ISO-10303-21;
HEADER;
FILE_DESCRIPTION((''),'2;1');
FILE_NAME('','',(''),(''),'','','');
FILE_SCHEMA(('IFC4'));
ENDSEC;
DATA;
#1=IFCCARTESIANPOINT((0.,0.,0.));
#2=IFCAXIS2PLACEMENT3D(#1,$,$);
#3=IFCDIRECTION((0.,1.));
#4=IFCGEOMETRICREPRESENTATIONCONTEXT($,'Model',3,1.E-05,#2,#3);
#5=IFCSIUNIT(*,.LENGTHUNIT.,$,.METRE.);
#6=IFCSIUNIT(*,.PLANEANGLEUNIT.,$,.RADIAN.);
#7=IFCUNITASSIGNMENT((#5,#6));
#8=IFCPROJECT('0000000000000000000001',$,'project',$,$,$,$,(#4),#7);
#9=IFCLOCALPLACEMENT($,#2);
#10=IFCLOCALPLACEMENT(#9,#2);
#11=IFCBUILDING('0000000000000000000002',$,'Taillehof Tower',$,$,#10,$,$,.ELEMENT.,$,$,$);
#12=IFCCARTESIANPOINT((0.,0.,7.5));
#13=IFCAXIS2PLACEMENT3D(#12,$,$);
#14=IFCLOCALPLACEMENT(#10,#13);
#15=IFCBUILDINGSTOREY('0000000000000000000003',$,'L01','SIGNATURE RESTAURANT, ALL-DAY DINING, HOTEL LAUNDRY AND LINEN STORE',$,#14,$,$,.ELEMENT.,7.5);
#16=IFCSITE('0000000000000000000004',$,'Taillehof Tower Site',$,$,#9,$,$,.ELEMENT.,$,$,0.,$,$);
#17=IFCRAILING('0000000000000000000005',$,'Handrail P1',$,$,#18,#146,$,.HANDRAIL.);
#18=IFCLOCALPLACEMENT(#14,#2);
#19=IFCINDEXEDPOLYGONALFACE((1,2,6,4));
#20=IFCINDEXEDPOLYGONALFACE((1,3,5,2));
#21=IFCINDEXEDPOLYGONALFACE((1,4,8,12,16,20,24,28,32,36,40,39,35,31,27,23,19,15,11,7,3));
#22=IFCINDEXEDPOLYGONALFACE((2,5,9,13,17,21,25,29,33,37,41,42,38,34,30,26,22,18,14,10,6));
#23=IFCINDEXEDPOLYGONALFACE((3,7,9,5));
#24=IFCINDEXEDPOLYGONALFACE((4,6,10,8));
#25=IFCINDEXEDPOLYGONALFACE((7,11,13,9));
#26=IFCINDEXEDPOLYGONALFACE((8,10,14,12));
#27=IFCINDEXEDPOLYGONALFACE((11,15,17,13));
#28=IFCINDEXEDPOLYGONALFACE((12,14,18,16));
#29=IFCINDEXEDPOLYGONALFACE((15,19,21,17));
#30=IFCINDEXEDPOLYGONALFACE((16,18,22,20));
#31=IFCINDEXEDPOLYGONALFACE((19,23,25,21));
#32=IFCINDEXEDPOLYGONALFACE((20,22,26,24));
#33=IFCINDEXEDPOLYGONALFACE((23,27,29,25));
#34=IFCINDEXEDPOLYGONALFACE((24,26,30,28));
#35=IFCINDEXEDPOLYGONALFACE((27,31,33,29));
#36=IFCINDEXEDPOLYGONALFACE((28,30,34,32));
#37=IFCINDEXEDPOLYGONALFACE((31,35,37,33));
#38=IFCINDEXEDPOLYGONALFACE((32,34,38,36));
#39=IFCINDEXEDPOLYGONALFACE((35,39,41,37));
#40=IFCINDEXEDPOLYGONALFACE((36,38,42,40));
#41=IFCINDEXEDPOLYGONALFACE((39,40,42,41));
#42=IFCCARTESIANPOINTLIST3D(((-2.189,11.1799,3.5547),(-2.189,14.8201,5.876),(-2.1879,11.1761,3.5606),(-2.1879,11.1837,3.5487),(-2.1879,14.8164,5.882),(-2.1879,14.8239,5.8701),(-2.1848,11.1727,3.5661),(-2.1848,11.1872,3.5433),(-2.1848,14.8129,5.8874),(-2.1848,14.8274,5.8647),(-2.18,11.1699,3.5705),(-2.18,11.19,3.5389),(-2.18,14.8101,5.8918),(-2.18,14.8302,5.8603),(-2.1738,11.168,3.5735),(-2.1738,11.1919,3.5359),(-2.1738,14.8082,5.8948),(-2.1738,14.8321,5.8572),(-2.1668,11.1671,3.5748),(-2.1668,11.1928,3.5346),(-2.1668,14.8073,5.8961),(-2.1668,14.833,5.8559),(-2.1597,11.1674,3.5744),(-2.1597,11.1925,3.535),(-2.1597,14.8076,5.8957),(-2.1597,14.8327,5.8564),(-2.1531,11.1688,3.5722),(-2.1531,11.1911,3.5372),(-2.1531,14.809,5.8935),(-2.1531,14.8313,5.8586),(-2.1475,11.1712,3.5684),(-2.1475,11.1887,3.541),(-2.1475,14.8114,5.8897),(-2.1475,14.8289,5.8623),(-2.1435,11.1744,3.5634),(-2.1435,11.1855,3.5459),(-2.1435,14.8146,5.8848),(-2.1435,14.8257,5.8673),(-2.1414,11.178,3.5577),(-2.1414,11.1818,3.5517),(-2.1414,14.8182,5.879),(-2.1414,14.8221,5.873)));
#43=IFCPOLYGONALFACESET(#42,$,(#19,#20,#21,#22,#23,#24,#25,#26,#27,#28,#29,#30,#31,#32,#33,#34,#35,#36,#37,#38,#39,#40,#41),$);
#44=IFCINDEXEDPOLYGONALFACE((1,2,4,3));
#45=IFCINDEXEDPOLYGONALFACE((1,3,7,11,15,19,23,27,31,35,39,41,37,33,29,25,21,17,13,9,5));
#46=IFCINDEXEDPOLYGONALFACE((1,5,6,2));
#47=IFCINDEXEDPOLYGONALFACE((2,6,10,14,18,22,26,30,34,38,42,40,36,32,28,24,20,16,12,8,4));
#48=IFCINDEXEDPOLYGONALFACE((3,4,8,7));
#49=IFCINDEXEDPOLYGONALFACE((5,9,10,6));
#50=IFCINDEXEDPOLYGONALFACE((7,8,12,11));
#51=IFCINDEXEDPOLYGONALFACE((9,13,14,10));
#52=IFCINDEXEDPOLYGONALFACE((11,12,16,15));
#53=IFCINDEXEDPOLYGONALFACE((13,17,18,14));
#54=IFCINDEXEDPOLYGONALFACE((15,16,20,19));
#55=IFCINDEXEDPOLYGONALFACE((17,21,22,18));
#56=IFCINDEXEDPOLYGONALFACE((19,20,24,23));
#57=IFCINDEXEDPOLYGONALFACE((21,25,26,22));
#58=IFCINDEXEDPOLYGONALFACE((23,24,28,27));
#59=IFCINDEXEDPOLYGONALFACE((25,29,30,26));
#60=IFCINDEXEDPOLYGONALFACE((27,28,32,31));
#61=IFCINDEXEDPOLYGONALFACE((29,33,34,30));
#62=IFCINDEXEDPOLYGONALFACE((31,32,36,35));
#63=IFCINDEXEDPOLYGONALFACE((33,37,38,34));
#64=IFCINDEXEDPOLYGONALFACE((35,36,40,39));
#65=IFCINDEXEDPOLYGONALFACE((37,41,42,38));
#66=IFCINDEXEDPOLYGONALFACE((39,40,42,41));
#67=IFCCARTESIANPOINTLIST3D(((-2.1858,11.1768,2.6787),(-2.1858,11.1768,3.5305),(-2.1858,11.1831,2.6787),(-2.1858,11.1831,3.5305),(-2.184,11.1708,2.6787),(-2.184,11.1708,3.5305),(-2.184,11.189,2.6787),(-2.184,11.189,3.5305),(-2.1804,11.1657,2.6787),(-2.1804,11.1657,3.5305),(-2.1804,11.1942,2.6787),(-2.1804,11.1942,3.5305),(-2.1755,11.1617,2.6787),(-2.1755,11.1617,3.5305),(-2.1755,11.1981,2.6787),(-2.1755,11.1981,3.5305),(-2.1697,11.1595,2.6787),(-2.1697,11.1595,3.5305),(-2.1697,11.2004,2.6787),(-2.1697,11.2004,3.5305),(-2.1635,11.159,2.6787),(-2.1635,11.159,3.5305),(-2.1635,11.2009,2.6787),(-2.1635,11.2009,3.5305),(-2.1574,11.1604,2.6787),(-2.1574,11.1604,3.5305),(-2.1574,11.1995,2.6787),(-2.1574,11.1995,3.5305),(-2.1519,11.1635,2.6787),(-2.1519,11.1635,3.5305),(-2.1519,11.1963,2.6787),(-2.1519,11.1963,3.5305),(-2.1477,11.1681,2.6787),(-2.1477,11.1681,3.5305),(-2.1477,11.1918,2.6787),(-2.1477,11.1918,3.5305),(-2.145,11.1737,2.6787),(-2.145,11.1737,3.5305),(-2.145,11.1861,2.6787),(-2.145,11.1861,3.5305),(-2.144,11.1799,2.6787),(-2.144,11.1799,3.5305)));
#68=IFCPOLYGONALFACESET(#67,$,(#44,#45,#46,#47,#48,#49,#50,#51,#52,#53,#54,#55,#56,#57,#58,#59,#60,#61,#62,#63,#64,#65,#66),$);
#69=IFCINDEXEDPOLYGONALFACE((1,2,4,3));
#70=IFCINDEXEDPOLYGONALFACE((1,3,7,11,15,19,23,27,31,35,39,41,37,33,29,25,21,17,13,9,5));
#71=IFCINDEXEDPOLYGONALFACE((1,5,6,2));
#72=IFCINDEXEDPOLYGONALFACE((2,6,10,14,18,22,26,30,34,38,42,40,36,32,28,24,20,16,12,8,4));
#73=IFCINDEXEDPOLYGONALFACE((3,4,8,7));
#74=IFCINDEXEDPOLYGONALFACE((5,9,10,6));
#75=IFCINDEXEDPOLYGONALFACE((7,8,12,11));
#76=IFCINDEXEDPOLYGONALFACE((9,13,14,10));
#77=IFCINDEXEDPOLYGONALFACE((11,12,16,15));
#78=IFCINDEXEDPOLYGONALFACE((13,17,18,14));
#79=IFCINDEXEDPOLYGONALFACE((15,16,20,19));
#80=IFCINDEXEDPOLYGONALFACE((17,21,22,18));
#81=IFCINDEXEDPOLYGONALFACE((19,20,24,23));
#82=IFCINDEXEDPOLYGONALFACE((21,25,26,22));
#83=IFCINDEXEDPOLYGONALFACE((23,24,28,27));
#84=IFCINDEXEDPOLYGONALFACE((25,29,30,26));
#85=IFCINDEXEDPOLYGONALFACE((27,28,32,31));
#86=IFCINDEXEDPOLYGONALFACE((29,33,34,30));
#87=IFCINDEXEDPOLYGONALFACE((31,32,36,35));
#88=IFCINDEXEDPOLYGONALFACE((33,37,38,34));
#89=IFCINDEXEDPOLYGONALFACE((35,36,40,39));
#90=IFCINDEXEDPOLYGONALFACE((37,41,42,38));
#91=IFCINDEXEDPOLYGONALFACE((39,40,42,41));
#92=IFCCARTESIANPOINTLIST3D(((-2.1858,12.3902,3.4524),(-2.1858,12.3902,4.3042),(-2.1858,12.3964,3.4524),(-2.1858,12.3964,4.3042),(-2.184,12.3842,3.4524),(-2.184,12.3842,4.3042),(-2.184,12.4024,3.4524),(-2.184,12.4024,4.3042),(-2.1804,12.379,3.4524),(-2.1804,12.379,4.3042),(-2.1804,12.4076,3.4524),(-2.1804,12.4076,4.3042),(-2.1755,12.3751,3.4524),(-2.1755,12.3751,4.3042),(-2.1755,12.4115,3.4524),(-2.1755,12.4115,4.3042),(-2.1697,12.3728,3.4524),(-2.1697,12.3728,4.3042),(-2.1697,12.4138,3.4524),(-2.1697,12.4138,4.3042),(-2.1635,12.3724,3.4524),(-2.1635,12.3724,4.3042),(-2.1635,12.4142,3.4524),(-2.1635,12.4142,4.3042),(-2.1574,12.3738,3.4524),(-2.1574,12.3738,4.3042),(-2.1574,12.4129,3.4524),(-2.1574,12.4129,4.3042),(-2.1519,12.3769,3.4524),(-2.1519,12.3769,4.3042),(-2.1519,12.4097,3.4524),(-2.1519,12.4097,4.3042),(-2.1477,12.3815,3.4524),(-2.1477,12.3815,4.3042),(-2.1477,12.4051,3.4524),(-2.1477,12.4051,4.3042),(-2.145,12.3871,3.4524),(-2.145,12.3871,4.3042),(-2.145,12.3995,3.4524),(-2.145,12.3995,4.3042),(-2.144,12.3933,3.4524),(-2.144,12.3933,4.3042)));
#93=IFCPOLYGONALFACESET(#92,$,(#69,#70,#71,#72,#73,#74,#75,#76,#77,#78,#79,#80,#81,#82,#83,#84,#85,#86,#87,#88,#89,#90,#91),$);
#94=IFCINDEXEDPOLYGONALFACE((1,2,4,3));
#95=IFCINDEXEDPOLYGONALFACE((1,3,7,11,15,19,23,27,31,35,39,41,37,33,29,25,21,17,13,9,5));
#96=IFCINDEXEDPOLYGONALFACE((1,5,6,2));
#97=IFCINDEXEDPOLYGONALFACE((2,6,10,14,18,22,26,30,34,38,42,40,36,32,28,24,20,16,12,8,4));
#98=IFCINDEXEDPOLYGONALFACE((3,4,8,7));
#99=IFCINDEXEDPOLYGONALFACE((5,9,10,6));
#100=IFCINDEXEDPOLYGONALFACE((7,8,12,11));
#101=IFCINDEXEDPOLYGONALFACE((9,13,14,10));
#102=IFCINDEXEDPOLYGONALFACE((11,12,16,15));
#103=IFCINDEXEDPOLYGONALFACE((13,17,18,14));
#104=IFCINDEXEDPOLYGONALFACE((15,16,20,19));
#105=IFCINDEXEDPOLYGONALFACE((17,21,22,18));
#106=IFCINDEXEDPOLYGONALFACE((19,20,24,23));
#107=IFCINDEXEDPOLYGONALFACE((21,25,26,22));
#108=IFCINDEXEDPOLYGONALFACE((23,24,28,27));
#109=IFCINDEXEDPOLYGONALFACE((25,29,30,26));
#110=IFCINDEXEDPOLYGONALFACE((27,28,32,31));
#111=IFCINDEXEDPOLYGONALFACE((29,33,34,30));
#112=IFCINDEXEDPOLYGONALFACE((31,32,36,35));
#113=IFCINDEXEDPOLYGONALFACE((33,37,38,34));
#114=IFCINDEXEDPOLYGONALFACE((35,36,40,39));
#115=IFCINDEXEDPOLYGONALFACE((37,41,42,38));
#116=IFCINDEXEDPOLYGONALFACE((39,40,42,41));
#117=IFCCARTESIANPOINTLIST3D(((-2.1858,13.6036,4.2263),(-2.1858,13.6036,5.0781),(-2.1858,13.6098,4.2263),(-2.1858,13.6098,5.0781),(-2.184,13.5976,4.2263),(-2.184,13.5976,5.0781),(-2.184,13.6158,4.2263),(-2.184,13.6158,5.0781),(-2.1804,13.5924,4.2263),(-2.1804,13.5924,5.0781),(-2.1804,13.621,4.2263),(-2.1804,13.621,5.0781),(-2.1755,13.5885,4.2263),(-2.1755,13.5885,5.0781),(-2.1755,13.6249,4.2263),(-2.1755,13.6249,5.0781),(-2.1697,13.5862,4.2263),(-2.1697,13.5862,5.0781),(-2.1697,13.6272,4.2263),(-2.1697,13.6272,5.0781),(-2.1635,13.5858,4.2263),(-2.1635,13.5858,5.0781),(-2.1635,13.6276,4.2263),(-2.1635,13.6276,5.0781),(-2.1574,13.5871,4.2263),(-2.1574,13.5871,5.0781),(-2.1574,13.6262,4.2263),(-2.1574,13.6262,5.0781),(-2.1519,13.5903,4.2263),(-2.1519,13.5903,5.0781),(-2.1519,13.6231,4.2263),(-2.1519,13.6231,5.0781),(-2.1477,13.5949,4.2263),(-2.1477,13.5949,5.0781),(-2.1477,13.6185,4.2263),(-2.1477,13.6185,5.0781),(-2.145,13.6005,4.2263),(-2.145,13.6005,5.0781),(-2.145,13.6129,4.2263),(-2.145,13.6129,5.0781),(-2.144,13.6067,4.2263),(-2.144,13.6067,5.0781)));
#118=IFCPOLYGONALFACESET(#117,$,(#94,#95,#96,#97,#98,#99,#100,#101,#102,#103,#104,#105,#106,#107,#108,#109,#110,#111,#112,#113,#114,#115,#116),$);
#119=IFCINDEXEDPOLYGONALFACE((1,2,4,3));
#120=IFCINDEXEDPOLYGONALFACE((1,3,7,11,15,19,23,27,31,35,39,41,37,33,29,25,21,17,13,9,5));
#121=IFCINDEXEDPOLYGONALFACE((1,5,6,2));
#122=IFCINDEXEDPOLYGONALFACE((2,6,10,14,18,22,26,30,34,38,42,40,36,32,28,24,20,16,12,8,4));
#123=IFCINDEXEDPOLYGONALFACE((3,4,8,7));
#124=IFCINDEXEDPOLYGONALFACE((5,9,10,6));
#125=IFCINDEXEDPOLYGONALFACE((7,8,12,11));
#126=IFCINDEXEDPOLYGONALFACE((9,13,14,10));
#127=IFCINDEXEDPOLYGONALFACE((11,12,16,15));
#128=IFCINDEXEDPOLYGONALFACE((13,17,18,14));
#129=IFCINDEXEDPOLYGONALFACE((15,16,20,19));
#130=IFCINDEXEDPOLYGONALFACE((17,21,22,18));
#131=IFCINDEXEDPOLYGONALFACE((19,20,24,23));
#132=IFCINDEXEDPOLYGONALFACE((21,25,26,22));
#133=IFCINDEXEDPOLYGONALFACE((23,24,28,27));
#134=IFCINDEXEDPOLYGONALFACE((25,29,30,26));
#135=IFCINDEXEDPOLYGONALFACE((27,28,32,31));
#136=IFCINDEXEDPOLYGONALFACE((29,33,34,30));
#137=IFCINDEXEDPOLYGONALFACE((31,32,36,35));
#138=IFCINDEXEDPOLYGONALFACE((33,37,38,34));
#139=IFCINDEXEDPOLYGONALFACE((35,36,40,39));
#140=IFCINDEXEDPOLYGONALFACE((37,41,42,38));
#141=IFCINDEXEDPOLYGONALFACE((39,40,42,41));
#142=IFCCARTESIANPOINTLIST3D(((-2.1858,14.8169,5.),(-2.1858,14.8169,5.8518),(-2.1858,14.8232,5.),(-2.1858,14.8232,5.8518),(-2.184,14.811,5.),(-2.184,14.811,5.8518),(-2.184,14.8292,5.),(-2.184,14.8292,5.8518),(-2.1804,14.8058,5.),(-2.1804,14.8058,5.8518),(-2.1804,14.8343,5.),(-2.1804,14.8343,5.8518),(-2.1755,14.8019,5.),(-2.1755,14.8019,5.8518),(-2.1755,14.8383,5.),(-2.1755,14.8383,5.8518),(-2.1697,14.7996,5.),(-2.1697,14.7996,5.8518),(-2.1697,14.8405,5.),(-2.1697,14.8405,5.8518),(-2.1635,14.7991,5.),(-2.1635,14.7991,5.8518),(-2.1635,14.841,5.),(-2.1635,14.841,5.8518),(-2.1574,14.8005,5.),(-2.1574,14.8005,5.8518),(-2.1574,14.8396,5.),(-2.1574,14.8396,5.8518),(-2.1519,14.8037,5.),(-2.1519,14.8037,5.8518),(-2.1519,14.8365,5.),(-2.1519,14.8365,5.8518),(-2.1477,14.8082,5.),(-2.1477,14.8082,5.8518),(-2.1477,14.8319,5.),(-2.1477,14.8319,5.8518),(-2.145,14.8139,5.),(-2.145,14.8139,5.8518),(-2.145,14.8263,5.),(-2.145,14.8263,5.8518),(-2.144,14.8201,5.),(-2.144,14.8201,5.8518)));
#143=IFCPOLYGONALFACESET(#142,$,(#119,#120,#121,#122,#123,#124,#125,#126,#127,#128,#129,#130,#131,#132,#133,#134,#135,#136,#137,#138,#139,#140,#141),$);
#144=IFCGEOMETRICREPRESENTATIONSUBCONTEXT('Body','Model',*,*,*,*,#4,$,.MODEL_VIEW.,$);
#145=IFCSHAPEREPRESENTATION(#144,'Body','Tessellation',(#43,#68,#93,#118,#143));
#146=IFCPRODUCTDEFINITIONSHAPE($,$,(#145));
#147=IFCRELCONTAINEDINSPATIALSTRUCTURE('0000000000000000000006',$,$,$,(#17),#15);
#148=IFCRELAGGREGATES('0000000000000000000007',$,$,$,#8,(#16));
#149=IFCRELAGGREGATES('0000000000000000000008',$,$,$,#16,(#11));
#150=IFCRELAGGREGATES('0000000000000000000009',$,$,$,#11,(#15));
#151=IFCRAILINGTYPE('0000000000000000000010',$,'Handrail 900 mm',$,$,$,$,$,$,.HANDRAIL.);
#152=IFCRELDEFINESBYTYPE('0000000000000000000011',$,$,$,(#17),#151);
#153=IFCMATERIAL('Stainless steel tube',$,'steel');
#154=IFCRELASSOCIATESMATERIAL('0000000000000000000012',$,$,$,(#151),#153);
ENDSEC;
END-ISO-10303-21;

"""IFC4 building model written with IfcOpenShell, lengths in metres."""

from ifc_helpers import new_model, si_unit, direction, frame, origin, origin_2d, place, context, subcontext, project, spatial, circle, extrude, material, type_object, element, save


model = new_model("IFC4")

# Units and contexts
model_context = context("Model", 3, precision=1e-05, world=origin(), true_north=direction((0.0, 1.0)))
body_context = subcontext(model_context, "Body", "Model", "MODEL_VIEW")
ifc_project = project(units=[si_unit("LENGTHUNIT", "METRE"), si_unit("PLANEANGLEUNIT", "RADIAN")], contexts=[model_context])

# Site, building, storey
site_placement = place(None, origin())
site = spatial("IfcSite", under=ifc_project, at=site_placement, Name="Taillehof Tower Site", CompositionType="ELEMENT", RefElevation=0.0)
building_placement = place(site_placement, origin())
building = spatial("IfcBuilding", under=site, at=building_placement, Name="Taillehof Tower", CompositionType="ELEMENT")
storey_placement = place(building_placement, frame((0.0, 0.0, 7.5)))
storey = spatial("IfcBuildingStorey", under=building, at=storey_placement, Name="L01", Description="SIGNATURE RESTAURANT, ALL-DAY DINING, HOTEL LAUNDRY AND LINEN STORE", CompositionType="ELEMENT", Elevation=7.5)

# Railing
ifc_material_1 = material(Name="Stainless steel tube", Category="steel")
railing_type_1 = type_object("IfcRailingType", Name="Handrail 900 mm", PredefinedType="HANDRAIL", material=ifc_material_1)
for number, where, name in (
    (1, (-2.165, 11.1799, 2.6787), "Handrail P1"),
):
    element("IfcRailing", number, at=place(storey_placement, frame(where)), inside=storey, type_object=railing_type_1, Name=name, PredefinedType="HANDRAIL", context=body_context, shape_type="SweptSolid", body=[
        extrude(circle(Radius=0.0239, at=origin_2d()), frame((0.0, 0.0, 0.876), z_axis=(0.0, 0.843153, 0.537673), x_axis=(-1.0, 0.0, 0.0)), (0.0, 0.0, 1.0), 4.3174),
        extrude(circle(Radius=0.021, at=origin_2d()), origin(), (0.0, 0.0, 1.0), 0.8518),
        extrude(circle(Radius=0.021, at=origin_2d()), frame((0.0, 1.2134, 0.7737)), (0.0, 0.0, 1.0), 0.8518),
        extrude(circle(Radius=0.021, at=origin_2d()), frame((0.0, 2.4268, 1.5476)), (0.0, 0.0, 1.0), 0.8518),
        extrude(circle(Radius=0.021, at=origin_2d()), frame((0.0, 3.6401, 2.3213)), (0.0, 0.0, 1.0), 0.8518),
    ])

save(model, "model.ifc")
